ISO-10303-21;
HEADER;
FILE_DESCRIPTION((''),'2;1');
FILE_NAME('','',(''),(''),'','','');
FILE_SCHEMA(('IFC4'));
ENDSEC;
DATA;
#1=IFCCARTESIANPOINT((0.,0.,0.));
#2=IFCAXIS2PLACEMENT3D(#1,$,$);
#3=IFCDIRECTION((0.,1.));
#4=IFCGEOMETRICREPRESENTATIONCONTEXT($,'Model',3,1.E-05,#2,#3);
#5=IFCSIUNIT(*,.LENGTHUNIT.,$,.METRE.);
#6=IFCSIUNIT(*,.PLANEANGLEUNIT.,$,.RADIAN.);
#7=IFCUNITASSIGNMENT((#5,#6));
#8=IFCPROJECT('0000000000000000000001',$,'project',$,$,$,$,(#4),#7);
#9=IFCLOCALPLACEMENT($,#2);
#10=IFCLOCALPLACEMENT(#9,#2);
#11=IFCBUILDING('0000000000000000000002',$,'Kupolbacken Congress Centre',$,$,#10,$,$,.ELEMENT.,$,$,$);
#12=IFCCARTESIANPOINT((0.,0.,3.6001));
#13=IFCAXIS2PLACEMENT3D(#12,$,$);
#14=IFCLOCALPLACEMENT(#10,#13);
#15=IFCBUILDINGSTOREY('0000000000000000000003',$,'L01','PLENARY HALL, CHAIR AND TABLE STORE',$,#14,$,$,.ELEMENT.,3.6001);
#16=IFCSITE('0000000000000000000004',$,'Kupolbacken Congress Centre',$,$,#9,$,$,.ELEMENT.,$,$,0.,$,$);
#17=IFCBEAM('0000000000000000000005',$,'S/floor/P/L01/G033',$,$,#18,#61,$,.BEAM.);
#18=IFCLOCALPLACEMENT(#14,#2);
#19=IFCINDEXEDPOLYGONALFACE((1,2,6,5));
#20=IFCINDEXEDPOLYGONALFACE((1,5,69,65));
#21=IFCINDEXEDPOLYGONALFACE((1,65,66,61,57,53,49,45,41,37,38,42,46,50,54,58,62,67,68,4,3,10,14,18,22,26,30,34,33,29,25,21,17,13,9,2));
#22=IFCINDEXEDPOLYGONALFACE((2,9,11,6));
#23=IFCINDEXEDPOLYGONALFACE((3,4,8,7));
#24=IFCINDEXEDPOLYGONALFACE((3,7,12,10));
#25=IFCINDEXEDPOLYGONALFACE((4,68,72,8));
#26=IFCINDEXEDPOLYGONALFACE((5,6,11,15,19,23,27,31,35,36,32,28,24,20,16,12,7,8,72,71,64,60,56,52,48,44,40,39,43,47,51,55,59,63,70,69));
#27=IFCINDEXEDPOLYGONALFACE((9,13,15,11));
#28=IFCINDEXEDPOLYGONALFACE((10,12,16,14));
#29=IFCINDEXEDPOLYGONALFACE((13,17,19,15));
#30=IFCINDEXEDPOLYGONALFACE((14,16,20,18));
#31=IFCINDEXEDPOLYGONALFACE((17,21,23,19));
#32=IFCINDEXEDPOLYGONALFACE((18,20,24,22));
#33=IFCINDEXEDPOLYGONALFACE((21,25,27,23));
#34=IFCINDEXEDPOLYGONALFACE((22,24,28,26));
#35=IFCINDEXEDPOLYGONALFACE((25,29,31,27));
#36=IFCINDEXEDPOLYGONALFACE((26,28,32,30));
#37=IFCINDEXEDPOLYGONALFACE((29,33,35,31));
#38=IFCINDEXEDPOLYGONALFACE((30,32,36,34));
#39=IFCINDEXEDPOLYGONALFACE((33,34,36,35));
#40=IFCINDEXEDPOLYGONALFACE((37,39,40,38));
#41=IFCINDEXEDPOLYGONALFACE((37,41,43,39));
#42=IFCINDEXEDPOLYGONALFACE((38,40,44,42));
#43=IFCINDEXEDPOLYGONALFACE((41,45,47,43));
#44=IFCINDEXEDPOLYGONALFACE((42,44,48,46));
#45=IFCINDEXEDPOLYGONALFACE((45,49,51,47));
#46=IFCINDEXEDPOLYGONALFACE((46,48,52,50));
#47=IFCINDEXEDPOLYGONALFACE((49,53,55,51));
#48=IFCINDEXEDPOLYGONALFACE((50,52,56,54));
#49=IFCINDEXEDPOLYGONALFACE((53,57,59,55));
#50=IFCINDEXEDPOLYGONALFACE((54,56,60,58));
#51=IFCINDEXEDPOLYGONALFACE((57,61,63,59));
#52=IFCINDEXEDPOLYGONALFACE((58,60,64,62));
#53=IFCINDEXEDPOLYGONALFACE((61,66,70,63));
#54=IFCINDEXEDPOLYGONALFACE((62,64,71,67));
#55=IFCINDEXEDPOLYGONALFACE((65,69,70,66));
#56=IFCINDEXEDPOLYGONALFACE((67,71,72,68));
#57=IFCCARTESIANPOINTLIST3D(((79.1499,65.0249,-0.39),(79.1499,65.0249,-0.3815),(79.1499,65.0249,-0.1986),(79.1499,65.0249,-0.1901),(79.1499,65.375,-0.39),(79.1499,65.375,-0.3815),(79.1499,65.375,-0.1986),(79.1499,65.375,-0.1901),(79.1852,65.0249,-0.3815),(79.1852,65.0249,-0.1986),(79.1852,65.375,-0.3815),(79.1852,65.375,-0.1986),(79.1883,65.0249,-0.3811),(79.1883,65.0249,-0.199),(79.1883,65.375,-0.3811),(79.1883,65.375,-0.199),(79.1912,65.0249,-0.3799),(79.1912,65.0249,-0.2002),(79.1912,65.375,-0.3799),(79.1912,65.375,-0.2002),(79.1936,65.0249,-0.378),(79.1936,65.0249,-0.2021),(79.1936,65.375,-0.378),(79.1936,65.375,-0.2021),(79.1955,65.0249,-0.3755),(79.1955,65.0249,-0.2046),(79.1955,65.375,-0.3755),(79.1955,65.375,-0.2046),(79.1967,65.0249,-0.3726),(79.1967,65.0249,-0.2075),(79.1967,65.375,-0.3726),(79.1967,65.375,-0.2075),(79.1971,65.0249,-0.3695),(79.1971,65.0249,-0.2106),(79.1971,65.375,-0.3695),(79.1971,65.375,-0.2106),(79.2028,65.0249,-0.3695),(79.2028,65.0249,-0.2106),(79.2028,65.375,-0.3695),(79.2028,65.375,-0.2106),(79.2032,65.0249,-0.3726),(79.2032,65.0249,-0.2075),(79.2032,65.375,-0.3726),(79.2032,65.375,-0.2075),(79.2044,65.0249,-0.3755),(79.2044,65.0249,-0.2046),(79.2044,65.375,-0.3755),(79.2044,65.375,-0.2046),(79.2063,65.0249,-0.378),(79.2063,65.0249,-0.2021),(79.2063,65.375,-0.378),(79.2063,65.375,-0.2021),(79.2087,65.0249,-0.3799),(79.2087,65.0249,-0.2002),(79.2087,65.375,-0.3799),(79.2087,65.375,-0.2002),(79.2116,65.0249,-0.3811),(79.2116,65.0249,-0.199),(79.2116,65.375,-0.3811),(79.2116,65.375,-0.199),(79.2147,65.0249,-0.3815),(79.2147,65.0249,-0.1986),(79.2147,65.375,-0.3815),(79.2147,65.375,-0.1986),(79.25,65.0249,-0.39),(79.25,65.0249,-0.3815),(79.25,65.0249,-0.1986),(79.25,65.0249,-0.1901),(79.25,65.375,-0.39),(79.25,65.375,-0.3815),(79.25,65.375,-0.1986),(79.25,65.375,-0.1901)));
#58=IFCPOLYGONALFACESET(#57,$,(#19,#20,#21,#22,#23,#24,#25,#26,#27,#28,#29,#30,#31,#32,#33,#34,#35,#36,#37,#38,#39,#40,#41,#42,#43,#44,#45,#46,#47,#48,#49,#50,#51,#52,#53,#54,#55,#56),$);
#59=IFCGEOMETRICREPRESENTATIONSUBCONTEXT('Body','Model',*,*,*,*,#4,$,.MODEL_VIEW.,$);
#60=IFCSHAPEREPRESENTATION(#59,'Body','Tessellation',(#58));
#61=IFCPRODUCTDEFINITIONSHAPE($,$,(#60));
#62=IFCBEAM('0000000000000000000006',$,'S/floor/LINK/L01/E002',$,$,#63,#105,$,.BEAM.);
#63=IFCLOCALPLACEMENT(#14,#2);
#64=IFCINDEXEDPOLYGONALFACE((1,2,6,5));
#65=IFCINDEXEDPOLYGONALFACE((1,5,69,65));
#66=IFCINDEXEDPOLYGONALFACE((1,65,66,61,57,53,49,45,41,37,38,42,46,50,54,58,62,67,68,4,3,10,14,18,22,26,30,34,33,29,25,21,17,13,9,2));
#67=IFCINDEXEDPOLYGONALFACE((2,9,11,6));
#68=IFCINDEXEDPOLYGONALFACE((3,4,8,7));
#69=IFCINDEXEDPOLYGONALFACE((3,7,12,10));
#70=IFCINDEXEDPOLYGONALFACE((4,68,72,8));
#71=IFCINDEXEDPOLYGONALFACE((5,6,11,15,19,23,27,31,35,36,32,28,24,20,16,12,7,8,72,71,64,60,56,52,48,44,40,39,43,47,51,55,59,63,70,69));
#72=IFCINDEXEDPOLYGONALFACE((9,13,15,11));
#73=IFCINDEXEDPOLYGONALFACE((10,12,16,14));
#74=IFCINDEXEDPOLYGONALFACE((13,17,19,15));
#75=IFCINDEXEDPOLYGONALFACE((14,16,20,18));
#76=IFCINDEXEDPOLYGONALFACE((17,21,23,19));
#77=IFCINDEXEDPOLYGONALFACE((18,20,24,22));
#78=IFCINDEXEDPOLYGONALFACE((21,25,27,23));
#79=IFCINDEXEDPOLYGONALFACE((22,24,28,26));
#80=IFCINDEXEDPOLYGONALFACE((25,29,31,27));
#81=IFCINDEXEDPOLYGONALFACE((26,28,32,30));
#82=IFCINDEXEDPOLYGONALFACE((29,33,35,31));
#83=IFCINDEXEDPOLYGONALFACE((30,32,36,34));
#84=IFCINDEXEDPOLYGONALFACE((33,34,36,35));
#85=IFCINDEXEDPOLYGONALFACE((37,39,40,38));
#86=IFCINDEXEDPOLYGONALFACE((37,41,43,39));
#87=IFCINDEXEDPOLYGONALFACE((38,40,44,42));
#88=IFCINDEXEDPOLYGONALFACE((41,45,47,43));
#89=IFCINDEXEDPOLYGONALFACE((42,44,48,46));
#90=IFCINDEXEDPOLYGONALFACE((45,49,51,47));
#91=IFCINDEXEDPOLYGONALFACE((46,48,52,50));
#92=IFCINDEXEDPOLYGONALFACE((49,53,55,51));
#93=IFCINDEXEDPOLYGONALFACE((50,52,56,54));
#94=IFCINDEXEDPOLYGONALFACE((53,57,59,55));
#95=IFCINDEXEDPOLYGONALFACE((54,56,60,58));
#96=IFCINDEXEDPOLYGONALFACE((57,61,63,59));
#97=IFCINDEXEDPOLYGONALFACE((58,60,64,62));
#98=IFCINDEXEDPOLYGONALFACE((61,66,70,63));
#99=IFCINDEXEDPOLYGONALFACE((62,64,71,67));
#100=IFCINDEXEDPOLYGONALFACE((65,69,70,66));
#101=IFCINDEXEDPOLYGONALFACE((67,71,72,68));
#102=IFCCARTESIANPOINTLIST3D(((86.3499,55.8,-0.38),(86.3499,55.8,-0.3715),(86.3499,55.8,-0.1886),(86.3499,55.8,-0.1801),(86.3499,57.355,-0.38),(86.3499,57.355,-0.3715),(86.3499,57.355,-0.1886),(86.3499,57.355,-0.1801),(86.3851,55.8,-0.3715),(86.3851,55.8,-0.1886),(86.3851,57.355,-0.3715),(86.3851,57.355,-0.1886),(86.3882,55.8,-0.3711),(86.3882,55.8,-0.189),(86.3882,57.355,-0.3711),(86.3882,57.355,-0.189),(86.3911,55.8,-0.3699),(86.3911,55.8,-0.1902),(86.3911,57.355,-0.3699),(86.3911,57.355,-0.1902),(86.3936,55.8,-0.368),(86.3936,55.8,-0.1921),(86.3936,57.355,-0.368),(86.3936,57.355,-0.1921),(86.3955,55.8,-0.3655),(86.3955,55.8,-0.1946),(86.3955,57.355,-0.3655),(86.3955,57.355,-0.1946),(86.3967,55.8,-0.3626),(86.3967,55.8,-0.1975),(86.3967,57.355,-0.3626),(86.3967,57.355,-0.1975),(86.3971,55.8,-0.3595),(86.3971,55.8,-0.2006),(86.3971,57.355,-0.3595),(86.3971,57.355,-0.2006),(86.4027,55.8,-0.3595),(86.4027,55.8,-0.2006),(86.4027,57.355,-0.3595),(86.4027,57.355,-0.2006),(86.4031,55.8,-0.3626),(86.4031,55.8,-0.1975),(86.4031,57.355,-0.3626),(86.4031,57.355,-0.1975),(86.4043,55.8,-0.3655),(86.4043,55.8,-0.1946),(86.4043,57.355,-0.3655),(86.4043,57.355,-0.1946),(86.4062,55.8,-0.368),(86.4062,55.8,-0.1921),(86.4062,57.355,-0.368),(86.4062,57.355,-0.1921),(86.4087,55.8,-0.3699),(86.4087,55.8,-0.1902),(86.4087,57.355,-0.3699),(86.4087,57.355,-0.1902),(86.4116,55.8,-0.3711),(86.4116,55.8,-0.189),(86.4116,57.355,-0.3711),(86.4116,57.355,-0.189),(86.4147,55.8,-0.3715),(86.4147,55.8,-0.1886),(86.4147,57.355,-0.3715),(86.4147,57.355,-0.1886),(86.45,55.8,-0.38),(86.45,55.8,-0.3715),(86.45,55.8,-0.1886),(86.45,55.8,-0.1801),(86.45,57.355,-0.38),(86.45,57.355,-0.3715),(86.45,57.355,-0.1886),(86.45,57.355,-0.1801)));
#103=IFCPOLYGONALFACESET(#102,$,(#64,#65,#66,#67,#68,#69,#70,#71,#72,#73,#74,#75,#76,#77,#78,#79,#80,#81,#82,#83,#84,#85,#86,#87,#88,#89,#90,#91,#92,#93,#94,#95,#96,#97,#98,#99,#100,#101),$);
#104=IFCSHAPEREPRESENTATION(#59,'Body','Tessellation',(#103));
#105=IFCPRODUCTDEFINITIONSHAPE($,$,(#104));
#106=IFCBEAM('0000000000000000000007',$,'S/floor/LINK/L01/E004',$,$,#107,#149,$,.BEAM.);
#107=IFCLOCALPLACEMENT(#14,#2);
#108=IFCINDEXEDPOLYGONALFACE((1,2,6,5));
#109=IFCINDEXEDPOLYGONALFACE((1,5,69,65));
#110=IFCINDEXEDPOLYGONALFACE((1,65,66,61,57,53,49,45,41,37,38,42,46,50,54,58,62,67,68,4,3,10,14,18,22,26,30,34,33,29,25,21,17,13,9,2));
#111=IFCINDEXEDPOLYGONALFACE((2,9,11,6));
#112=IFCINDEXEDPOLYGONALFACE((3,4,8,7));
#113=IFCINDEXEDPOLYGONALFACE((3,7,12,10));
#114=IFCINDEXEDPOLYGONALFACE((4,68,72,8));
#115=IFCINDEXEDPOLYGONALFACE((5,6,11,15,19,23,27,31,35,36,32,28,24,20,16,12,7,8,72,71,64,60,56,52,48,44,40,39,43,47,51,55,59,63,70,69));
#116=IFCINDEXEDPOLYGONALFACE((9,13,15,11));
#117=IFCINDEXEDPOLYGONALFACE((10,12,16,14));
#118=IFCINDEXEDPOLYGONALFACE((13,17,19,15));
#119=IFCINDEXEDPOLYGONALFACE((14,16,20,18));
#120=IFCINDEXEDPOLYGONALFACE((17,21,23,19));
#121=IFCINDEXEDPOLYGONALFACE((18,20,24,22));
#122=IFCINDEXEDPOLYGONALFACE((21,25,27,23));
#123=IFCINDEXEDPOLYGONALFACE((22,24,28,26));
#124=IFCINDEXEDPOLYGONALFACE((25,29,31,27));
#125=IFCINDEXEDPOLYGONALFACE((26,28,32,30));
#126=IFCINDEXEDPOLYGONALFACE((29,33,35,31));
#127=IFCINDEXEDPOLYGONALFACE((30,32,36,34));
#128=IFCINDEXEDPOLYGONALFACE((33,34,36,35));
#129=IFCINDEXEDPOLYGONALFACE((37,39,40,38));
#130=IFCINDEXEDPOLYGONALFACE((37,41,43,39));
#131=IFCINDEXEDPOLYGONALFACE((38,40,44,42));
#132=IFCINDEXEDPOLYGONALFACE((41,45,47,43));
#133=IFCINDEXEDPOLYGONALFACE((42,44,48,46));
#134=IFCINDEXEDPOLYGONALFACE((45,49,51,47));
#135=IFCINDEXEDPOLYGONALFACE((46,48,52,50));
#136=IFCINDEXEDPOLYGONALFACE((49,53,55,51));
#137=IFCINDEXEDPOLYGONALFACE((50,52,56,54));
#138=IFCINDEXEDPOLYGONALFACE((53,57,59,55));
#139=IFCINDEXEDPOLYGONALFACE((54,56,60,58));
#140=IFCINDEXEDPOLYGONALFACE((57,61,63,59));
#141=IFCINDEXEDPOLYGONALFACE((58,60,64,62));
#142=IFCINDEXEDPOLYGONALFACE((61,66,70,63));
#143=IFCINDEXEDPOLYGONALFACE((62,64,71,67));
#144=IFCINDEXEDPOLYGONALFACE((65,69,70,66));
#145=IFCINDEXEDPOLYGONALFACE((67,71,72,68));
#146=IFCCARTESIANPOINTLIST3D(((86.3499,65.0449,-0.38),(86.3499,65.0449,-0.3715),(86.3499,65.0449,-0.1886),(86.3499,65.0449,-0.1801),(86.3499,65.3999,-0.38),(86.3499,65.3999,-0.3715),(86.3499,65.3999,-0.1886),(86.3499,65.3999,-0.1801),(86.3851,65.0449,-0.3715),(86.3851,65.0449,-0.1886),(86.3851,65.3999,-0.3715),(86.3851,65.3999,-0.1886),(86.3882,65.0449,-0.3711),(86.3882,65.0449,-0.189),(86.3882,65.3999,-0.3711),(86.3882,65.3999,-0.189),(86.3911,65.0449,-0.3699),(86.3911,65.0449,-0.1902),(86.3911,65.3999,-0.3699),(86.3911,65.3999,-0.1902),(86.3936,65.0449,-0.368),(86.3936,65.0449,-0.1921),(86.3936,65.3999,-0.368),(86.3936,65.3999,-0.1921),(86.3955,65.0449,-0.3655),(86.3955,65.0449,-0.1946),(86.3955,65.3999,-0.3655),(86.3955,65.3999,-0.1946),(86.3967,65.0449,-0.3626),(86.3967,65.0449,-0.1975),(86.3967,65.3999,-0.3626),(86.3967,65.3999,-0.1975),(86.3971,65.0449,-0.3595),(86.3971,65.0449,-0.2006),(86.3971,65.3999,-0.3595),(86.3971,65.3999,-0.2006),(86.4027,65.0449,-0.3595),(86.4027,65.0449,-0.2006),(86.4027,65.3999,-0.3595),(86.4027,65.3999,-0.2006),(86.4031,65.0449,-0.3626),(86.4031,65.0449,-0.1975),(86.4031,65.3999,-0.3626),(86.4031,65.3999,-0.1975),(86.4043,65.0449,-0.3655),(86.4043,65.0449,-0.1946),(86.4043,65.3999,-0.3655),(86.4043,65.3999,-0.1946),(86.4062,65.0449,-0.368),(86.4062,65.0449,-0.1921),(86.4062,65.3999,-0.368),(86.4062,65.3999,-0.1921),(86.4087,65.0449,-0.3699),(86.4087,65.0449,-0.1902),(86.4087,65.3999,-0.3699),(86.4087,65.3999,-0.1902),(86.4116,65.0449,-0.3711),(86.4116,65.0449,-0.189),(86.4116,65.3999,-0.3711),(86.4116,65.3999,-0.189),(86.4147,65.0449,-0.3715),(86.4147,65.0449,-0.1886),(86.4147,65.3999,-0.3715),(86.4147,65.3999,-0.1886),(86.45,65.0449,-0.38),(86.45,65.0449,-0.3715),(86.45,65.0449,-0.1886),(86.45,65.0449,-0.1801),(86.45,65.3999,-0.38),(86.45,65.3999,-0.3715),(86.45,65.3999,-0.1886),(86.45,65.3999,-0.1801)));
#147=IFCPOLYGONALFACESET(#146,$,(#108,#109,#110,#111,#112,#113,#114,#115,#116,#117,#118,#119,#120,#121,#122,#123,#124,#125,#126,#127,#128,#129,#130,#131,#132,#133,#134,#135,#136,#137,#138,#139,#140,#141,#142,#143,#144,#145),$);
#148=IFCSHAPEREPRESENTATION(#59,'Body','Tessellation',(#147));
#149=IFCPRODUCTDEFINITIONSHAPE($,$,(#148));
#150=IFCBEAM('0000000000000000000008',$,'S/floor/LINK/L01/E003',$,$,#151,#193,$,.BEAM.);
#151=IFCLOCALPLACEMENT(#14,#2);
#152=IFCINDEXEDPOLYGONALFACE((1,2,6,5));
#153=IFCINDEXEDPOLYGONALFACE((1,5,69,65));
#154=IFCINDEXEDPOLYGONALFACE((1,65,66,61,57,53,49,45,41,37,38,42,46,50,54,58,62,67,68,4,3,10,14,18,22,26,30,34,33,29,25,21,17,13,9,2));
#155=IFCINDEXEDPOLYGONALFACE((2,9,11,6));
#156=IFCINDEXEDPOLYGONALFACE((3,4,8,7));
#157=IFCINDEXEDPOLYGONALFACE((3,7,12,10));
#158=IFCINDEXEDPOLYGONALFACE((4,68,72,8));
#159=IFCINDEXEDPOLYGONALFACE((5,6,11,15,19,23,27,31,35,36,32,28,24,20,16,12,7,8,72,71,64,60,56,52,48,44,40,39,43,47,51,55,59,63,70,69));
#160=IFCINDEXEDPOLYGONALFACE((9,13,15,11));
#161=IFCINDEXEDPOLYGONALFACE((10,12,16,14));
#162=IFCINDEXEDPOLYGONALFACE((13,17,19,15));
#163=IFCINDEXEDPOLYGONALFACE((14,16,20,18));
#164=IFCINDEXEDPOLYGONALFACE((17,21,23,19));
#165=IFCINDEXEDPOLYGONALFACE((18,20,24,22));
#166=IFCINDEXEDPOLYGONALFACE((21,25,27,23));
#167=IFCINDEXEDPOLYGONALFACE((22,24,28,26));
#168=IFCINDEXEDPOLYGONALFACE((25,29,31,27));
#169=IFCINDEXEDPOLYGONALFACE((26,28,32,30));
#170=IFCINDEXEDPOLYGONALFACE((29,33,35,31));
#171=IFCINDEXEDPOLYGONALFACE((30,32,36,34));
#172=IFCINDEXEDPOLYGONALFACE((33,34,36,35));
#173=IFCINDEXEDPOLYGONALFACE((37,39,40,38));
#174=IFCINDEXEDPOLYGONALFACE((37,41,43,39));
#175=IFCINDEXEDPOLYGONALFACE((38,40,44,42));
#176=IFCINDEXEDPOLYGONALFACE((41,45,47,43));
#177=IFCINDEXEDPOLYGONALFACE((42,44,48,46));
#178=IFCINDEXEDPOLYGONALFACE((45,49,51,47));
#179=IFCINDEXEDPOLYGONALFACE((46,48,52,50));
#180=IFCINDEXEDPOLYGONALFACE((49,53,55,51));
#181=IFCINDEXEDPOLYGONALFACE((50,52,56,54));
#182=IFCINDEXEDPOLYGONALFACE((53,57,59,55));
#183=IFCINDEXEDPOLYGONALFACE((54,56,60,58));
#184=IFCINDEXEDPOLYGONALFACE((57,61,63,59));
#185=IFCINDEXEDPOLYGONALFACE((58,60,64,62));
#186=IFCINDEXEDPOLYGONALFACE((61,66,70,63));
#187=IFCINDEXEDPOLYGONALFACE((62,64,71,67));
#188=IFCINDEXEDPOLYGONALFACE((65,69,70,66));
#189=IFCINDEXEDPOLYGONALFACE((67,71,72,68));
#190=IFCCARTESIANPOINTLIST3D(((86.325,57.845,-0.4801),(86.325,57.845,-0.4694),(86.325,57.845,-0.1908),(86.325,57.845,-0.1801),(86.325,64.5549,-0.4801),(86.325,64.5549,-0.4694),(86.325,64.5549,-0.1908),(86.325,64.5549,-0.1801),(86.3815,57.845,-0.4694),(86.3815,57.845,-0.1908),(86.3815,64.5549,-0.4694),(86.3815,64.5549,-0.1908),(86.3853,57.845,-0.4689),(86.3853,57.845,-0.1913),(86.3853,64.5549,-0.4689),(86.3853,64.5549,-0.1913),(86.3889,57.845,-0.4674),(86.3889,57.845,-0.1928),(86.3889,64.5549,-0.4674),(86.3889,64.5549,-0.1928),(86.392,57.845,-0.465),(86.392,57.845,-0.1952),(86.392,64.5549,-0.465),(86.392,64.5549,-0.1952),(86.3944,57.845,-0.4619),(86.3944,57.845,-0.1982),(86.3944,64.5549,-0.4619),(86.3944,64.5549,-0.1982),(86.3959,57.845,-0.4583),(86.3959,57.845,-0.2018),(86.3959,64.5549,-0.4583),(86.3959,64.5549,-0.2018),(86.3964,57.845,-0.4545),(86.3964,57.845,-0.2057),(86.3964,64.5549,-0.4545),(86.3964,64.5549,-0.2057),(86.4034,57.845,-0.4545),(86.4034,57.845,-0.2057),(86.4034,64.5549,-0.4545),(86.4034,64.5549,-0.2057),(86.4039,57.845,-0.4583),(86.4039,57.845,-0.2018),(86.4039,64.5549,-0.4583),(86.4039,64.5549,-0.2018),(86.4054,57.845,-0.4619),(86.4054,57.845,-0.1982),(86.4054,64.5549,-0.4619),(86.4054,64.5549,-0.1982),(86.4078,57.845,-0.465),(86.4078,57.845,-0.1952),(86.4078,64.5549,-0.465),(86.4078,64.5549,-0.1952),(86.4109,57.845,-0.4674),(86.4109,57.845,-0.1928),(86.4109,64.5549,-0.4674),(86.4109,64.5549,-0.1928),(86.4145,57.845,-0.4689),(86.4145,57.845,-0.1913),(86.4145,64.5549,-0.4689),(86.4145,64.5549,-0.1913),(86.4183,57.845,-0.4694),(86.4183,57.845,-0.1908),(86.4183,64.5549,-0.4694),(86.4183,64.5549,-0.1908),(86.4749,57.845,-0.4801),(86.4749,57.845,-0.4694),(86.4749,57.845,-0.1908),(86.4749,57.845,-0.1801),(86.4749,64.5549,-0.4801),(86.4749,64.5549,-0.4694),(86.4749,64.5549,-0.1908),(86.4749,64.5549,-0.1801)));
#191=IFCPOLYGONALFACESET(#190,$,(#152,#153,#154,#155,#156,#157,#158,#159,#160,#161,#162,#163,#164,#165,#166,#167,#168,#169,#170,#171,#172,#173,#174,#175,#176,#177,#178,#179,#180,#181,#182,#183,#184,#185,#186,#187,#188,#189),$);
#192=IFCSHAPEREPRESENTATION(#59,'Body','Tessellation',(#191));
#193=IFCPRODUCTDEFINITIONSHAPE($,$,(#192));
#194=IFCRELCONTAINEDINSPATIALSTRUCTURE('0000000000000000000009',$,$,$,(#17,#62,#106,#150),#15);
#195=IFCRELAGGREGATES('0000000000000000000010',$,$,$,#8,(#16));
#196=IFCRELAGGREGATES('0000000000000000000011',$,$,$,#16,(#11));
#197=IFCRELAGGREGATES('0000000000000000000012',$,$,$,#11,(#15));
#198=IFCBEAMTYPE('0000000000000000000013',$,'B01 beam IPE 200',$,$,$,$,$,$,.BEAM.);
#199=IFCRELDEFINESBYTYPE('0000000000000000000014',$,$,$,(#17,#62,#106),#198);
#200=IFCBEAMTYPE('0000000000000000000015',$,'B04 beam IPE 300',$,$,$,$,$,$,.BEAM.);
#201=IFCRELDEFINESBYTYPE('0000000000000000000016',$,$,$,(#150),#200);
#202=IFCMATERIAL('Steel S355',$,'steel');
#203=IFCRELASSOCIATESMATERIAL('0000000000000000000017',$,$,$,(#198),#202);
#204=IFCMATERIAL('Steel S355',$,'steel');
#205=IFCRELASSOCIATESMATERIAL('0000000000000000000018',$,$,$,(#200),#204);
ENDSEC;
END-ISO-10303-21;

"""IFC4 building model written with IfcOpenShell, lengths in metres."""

from ifc_helpers import new_model, si_unit, direction, frame, origin, origin_2d, place, context, subcontext, project, spatial, i_section, extrude, material, material_profile, profile_set, type_object, element, save


model = new_model("IFC4")

# Units and contexts
model_context = context("Model", 3, precision=1e-05, world=origin(), true_north=direction((0.0, 1.0)))
body_context = subcontext(model_context, "Body", "Model", "MODEL_VIEW")
ifc_project = project(units=[si_unit("LENGTHUNIT", "METRE"), si_unit("PLANEANGLEUNIT", "RADIAN")], contexts=[model_context])

# Site, building, storey
site_placement = place(None, origin())
site = spatial("IfcSite", under=ifc_project, at=site_placement, Name="Kupolbacken Congress Centre", CompositionType="ELEMENT", RefElevation=0.0)
building_placement = place(site_placement, origin())
building = spatial("IfcBuilding", under=site, at=building_placement, Name="Kupolbacken Congress Centre", CompositionType="ELEMENT")
storey_placement = place(building_placement, frame((0.0, 0.0, 3.6001)))
storey = spatial("IfcBuildingStorey", under=building, at=storey_placement, Name="L01", Description="PLENARY HALL, CHAIR AND TABLE STORE", CompositionType="ELEMENT", Elevation=3.6001)

# Beams
ifc_material_1 = material(Name="Steel S355", Category="steel")
ifc_material_profile_1 = material_profile(ifc_material_1, i_section(OverallWidth=0.1001, OverallDepth=0.2, WebThickness=0.0056, FlangeThickness=0.0085, FilletRadius=0.012, at=origin_2d()), Name="IPE 200")
ifc_profile_set_1 = profile_set([ifc_material_profile_1], Name="Steel S355")
beam_type_1 = type_object("IfcBeamType", Name="B01 beam IPE 200", PredefinedType="BEAM", material=ifc_profile_set_1)
beam_1_placement = place(storey_placement, frame((79.2, 65.0249, -0.29), z_axis=(0.0, 1.0, 0.0), x_axis=(-1.0, 0.0, 0.0)))
element("IfcBeam", 1, at=beam_1_placement, inside=storey, type_object=beam_type_1, Name="S/floor/P/L01/G033", PredefinedType="BEAM", context=body_context, shape_type="SweptSolid", body=[
    extrude(i_section(OverallWidth=0.1001, OverallDepth=0.2, WebThickness=0.0056, FlangeThickness=0.0085, FilletRadius=0.012, at=origin_2d()), origin(), (0.0, 0.0, 1.0), 0.3501),
])
beam_2_placement = place(storey_placement, frame((86.3999, 55.8, -0.28), z_axis=(0.0, 1.0, 0.0), x_axis=(-1.0, 0.0, 0.0)))
element("IfcBeam", 2, at=beam_2_placement, inside=storey, type_object=beam_type_1, Name="S/floor/LINK/L01/E002", PredefinedType="BEAM", context=body_context, shape_type="SweptSolid", body=[
    extrude(i_section(OverallWidth=0.1001, OverallDepth=0.2, WebThickness=0.0056, FlangeThickness=0.0085, FilletRadius=0.012, at=origin_2d()), origin(), (0.0, 0.0, 1.0), 1.5549),
])
beam_3_placement = place(storey_placement, frame((86.3999, 65.0449, -0.28), z_axis=(0.0, 1.0, 0.0), x_axis=(-1.0, 0.0, 0.0)))
element("IfcBeam", 3, at=beam_3_placement, inside=storey, type_object=beam_type_1, Name="S/floor/LINK/L01/E004", PredefinedType="BEAM", context=body_context, shape_type="SweptSolid", body=[
    extrude(i_section(OverallWidth=0.1001, OverallDepth=0.2, WebThickness=0.0056, FlangeThickness=0.0085, FilletRadius=0.012, at=origin_2d()), origin(), (0.0, 0.0, 1.0), 0.355),
])
ifc_material_2 = material(Name="Steel S355", Category="steel")
ifc_material_profile_2 = material_profile(ifc_material_2, i_section(OverallWidth=0.1499, OverallDepth=0.3, WebThickness=0.0071, FlangeThickness=0.0107, FilletRadius=0.0149, at=origin_2d()), Name="IPE 300")
ifc_profile_set_2 = profile_set([ifc_material_profile_2], Name="Steel S355")
beam_type_2 = type_object("IfcBeamType", Name="B04 beam IPE 300", PredefinedType="BEAM", material=ifc_profile_set_2)
beam_4_placement = place(storey_placement, frame((86.3999, 57.845, -0.3301), z_axis=(0.0, 1.0, 0.0), x_axis=(-1.0, 0.0, 0.0)))
element("IfcBeam", 4, at=beam_4_placement, inside=storey, type_object=beam_type_2, Name="S/floor/LINK/L01/E003", PredefinedType="BEAM", context=body_context, shape_type="SweptSolid", body=[
    extrude(i_section(OverallWidth=0.1499, OverallDepth=0.3, WebThickness=0.0071, FlangeThickness=0.0107, FilletRadius=0.0149, at=origin_2d()), origin(), (0.0, 0.0, 1.0), 6.71),
])

save(model, "model.ifc")
